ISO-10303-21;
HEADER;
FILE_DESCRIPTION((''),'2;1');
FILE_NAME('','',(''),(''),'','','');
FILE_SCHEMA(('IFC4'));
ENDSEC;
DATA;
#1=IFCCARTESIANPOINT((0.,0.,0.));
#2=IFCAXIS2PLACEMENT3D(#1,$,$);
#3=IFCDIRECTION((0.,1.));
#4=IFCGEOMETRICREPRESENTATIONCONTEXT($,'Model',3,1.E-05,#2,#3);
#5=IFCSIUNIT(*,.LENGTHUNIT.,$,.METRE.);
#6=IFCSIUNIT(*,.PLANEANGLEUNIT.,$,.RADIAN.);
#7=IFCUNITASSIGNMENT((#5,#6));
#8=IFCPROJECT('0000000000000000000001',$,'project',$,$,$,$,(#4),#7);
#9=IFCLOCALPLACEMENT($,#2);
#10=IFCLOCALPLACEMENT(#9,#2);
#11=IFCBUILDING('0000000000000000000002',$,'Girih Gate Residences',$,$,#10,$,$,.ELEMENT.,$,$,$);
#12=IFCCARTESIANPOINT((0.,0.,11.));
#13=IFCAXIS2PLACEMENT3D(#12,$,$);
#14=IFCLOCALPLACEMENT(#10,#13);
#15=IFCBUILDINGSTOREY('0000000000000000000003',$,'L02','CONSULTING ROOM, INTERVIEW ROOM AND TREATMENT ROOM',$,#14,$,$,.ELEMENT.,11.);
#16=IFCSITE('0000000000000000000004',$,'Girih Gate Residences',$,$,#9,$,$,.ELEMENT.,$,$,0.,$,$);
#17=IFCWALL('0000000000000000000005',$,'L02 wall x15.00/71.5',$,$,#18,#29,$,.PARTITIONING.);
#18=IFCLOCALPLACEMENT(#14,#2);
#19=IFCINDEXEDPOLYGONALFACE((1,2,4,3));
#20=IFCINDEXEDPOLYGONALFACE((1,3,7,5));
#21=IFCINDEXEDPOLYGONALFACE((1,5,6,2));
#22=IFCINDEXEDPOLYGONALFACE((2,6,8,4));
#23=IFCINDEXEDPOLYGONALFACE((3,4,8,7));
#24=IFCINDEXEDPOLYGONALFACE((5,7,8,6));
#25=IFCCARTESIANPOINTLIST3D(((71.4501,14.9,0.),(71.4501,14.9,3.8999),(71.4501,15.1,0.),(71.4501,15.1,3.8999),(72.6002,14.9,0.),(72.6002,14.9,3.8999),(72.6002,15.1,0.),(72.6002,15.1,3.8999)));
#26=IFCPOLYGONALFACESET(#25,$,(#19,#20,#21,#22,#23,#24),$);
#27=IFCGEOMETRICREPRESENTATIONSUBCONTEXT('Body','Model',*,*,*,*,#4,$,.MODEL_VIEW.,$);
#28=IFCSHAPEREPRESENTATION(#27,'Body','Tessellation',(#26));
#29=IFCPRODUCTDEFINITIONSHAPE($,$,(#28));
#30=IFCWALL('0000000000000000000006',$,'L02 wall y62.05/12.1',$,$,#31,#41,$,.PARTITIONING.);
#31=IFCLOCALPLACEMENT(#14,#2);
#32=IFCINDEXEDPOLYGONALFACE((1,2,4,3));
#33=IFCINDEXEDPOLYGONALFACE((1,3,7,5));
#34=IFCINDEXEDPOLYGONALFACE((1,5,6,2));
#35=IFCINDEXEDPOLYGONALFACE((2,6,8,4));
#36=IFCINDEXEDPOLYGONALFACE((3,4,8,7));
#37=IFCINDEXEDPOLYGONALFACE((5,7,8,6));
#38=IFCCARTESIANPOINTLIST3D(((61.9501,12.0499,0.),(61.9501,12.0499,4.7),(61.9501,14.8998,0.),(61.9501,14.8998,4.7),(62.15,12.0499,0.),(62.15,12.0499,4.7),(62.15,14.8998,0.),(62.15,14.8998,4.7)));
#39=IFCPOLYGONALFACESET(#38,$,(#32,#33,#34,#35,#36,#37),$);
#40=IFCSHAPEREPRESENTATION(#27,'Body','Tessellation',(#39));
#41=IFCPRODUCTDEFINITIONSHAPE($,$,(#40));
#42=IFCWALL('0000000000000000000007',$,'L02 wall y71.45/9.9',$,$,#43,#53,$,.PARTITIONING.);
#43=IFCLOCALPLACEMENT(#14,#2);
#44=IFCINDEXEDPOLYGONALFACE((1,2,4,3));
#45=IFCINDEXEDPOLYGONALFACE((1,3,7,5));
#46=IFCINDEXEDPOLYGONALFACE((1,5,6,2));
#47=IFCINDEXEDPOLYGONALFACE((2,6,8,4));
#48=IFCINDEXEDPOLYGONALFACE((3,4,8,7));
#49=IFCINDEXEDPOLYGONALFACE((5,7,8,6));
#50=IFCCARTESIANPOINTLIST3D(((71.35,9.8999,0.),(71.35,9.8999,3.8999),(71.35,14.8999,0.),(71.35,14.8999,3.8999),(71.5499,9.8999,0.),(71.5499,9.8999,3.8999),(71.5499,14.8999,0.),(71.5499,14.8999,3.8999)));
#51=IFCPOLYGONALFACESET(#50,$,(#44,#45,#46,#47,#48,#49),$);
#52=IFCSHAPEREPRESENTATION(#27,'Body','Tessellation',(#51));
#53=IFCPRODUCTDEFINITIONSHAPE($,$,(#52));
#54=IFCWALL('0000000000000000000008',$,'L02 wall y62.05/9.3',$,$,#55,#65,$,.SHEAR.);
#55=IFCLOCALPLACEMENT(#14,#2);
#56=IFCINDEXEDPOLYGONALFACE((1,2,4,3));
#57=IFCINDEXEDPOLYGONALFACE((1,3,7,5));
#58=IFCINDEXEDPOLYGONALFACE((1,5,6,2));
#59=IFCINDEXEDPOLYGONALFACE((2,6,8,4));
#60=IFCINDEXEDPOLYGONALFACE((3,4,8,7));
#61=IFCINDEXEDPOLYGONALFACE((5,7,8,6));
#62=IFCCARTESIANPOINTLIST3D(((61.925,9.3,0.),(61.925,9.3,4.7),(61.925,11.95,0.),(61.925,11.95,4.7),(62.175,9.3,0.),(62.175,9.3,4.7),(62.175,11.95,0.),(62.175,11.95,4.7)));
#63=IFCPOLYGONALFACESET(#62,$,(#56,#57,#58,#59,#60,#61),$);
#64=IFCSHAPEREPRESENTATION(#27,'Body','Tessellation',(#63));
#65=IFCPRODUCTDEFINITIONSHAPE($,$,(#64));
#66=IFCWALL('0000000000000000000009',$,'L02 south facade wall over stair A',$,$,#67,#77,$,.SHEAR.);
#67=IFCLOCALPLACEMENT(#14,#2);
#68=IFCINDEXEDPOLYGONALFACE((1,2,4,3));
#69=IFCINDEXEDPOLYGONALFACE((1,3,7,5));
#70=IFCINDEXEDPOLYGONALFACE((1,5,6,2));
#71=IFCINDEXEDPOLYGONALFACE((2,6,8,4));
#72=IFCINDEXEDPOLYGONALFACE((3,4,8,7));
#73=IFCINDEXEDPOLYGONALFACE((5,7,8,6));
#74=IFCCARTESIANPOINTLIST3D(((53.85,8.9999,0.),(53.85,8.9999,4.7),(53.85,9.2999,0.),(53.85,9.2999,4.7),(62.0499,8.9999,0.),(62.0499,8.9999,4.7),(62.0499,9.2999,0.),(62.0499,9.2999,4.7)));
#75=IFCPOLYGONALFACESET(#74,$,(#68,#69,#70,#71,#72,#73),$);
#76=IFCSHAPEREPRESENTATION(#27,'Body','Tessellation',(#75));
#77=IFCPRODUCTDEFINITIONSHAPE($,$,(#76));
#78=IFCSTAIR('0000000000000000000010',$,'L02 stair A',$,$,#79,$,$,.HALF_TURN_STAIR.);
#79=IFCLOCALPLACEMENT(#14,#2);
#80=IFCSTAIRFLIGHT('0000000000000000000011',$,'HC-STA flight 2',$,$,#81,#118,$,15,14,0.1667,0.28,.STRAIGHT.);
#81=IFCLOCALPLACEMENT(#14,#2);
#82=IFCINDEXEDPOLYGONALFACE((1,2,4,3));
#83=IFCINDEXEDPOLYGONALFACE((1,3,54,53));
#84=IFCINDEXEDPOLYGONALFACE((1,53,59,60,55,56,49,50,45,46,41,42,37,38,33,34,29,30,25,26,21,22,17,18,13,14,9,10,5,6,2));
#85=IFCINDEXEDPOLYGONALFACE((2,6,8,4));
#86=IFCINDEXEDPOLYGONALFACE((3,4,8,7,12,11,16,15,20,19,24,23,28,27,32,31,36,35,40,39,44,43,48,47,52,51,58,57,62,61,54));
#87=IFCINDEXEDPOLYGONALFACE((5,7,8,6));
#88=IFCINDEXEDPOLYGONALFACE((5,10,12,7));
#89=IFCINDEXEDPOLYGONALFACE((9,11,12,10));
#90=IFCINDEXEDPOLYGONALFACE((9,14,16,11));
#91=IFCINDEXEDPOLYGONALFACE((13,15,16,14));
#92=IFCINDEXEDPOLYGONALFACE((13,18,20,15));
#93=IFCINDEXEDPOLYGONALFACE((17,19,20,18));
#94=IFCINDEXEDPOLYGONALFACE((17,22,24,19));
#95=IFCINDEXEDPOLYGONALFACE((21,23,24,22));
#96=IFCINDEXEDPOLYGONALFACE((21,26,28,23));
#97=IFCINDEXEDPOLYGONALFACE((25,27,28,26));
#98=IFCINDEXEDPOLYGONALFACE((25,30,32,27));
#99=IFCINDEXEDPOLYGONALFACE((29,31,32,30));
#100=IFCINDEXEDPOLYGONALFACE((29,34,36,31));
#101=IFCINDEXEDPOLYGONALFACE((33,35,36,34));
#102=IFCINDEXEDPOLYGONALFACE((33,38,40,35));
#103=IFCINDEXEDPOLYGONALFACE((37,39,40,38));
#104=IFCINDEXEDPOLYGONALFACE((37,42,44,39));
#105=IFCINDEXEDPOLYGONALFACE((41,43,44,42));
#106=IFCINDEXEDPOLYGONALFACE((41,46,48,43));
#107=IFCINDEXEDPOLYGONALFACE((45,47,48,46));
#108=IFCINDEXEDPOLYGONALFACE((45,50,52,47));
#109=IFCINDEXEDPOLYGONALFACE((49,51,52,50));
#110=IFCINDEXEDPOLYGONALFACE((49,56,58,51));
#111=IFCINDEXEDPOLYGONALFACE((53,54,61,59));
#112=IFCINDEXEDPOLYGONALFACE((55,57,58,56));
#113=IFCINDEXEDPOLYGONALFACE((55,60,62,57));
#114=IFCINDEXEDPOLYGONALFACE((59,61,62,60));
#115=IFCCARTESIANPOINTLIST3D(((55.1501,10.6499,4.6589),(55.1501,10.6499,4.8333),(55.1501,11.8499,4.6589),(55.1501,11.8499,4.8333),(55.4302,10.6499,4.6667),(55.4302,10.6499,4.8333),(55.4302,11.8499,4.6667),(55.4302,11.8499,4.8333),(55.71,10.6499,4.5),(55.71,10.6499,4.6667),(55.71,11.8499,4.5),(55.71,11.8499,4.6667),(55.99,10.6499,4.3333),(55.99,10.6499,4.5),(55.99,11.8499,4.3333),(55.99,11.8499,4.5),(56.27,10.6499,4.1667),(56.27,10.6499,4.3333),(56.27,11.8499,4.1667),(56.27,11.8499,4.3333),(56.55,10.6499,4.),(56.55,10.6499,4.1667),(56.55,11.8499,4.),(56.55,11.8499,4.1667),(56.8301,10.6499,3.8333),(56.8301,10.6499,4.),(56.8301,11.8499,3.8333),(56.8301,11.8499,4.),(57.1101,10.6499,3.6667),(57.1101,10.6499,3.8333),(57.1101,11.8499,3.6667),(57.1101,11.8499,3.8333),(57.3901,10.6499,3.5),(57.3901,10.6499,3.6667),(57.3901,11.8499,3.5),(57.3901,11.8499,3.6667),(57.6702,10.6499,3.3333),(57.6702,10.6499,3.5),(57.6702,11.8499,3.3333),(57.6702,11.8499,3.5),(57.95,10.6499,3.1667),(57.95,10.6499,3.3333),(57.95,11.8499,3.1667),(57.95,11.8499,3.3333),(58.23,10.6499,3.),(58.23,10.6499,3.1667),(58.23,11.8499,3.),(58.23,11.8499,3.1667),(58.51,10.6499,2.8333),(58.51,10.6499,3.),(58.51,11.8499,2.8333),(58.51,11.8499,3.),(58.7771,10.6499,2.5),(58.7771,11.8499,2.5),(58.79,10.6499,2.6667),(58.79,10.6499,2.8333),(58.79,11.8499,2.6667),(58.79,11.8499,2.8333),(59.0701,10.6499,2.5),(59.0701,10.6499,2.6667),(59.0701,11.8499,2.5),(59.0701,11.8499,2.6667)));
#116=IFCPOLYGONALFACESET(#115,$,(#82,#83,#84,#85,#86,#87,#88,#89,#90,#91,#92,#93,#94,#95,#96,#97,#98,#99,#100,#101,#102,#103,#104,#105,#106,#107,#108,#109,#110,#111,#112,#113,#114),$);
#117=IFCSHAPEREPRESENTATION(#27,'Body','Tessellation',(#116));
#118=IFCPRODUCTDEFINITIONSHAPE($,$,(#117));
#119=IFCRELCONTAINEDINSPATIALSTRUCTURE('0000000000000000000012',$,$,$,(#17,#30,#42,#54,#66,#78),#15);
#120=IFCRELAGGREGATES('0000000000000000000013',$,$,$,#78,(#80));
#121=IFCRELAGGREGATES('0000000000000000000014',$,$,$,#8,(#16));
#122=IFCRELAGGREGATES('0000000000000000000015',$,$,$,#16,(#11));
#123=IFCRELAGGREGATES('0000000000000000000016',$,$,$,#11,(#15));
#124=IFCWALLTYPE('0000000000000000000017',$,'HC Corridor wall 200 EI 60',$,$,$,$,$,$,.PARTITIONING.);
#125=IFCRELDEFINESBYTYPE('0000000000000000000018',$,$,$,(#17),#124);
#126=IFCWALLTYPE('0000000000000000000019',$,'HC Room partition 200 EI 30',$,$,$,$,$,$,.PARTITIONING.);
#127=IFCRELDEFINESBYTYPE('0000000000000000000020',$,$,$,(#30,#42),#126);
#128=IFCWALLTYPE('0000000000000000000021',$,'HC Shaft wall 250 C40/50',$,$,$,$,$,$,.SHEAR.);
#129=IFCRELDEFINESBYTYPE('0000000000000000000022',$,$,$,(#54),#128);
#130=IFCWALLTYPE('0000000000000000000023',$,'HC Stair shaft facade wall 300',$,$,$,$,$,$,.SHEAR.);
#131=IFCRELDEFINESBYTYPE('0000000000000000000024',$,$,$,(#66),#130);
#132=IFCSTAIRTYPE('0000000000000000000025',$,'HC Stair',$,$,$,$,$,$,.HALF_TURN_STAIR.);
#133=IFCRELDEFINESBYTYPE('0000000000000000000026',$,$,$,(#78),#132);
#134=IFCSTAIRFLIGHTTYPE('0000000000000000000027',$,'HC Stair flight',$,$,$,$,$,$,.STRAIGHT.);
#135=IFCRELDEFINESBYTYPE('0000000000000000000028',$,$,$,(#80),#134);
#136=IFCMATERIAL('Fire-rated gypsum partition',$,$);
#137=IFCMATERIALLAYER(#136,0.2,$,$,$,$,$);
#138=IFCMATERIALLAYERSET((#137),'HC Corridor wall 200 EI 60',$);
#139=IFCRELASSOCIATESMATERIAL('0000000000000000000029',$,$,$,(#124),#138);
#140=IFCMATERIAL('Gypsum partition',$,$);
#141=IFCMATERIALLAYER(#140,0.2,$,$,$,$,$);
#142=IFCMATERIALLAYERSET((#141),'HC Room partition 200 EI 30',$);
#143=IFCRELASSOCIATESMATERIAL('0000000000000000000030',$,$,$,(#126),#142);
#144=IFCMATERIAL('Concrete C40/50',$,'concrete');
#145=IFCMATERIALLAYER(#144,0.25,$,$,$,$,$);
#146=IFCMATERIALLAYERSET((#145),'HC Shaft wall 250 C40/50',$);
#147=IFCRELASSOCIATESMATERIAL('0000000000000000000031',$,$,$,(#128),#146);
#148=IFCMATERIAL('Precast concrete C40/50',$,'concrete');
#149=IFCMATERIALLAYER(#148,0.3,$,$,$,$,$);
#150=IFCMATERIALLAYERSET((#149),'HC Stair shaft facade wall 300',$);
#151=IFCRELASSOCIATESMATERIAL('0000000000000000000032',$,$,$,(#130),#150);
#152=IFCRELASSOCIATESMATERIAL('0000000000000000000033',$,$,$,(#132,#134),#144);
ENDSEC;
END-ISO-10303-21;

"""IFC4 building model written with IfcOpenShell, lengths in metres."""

from ifc_helpers import new_model, si_unit, direction, frame, frame_2d, origin, place, context, subcontext, project, spatial, polyline, rectangle, outline, extrude, material, layer, layer_set, type_object, element, aggregate, save


model = new_model("IFC4")

# Units and contexts
model_context = context("Model", 3, precision=1e-05, world=origin(), true_north=direction((0.0, 1.0)))
body_context = subcontext(model_context, "Body", "Model", "MODEL_VIEW")
ifc_project = project(units=[si_unit("LENGTHUNIT", "METRE"), si_unit("PLANEANGLEUNIT", "RADIAN")], contexts=[model_context])

# Site, building, storey
site_placement = place(None, origin())
site = spatial("IfcSite", under=ifc_project, at=site_placement, Name="Girih Gate Residences", CompositionType="ELEMENT", RefElevation=0.0)
building_placement = place(site_placement, origin())
building = spatial("IfcBuilding", under=site, at=building_placement, Name="Girih Gate Residences", CompositionType="ELEMENT")
storey_placement = place(building_placement, frame((0.0, 0.0, 11.0)))
storey = spatial("IfcBuildingStorey", under=building, at=storey_placement, Name="L02", Description="CONSULTING ROOM, INTERVIEW ROOM AND TREATMENT ROOM", CompositionType="ELEMENT", Elevation=11.0)

# Shared definitions
ifc_material_1 = material(Name="Concrete C40/50", Category="concrete")

# Shared definitions
ifc_material_2 = material(Name="Fire-rated gypsum partition")
ifc_layer_1 = layer(ifc_material_2, 0.2)
ifc_layer_set_1 = layer_set([ifc_layer_1], Name="HC Corridor wall 200 EI 60")
wall_type_1 = type_object("IfcWallType", Name="HC Corridor wall 200 EI 60", PredefinedType="PARTITIONING", material=ifc_layer_set_1)

# Walls
wall_1_placement = place(storey_placement, frame((71.45, 15.0, 0.0), z_axis=(0.0, 0.0, 1.0), x_axis=(1.0, 0.0, 0.0)))
element("IfcWall", 1, at=wall_1_placement, inside=storey, type_object=wall_type_1, Name="L02 wall x15.00/71.5", PredefinedType="PARTITIONING", context=body_context, shape_type="SweptSolid", body=[
    extrude(rectangle(XDim=1.1501, YDim=0.2, at=frame_2d((0.5752, 0.0))), origin(), (0.0, 0.0, 1.0), 3.8999),
])
ifc_material_3 = material(Name="Gypsum partition")
ifc_layer_2 = layer(ifc_material_3, 0.2)
ifc_layer_set_2 = layer_set([ifc_layer_2], Name="HC Room partition 200 EI 30")
wall_type_2 = type_object("IfcWallType", Name="HC Room partition 200 EI 30", PredefinedType="PARTITIONING", material=ifc_layer_set_2)
wall_2_placement = place(storey_placement, frame((62.05, 12.05, 0.0), z_axis=(0.0, 0.0, 1.0), x_axis=(0.0, 1.0, 0.0)))
element("IfcWall", 2, at=wall_2_placement, inside=storey, type_object=wall_type_2, Name="L02 wall y62.05/12.1", PredefinedType="PARTITIONING", context=body_context, shape_type="SweptSolid", body=[
    extrude(rectangle(XDim=2.8499, YDim=0.2, at=frame_2d((1.4248, 0.0))), origin(), (0.0, 0.0, 1.0), 4.7),
])
wall_3_placement = place(storey_placement, frame((71.45, 9.8999, 0.0), z_axis=(0.0, 0.0, 1.0), x_axis=(0.0, 1.0, 0.0)))
element("IfcWall", 3, at=wall_3_placement, inside=storey, type_object=wall_type_2, Name="L02 wall y71.45/9.9", PredefinedType="PARTITIONING", context=body_context, shape_type="SweptSolid", body=[
    extrude(rectangle(XDim=5.0, YDim=0.2, at=frame_2d((2.5, 0.0))), origin(), (0.0, 0.0, 1.0), 3.8999),
])
ifc_layer_3 = layer(ifc_material_1, 0.25)
ifc_layer_set_3 = layer_set([ifc_layer_3], Name="HC Shaft wall 250 C40/50")
wall_type_3 = type_object("IfcWallType", Name="HC Shaft wall 250 C40/50", PredefinedType="SHEAR", material=ifc_layer_set_3)
wall_4_placement = place(storey_placement, frame((62.05, 9.3, 0.0), z_axis=(0.0, 0.0, 1.0), x_axis=(0.0, 1.0, 0.0)))
element("IfcWall", 4, at=wall_4_placement, inside=storey, type_object=wall_type_3, Name="L02 wall y62.05/9.3", PredefinedType="SHEAR", context=body_context, shape_type="SweptSolid", body=[
    extrude(rectangle(XDim=2.6499, YDim=0.25, at=frame_2d((1.325, 0.0))), origin(), (0.0, 0.0, 1.0), 4.7),
])
ifc_material_4 = material(Name="Precast concrete C40/50", Category="concrete")
ifc_layer_4 = layer(ifc_material_4, 0.3)
ifc_layer_set_4 = layer_set([ifc_layer_4], Name="HC Stair shaft facade wall 300")
wall_type_4 = type_object("IfcWallType", Name="HC Stair shaft facade wall 300", PredefinedType="SHEAR", material=ifc_layer_set_4)
wall_5_placement = place(storey_placement, frame((62.05, 9.1499, 0.0), z_axis=(0.0, 0.0, 1.0), x_axis=(-1.0, 0.0, 0.0)))
element("IfcWall", 5, at=wall_5_placement, inside=storey, type_object=wall_type_4, Name="L02 south facade wall over stair A", PredefinedType="SHEAR", context=body_context, shape_type="SweptSolid", body=[
    extrude(rectangle(XDim=8.2, YDim=0.3, at=frame_2d((4.1001, 0.0))), origin(), (0.0, 0.0, 1.0), 4.7),
])

# Stair, stair flight
stair_type = type_object("IfcStairType", Name="HC Stair", PredefinedType="HALF_TURN_STAIR", material=ifc_material_1)
stair_placement = place(storey_placement, origin())
stair = element("IfcStair", 6, at=stair_placement, inside=storey, type_object=stair_type, Name="L02 stair A", PredefinedType="HALF_TURN_STAIR")
stair_flight_type = type_object("IfcStairFlightType", Name="HC Stair flight", PredefinedType="STRAIGHT", material=ifc_material_1)
stair_flight_placement = place(storey_placement, frame((59.0701, 11.25, 2.5), z_axis=(0.0, 0.0, 1.0), x_axis=(-1.0, 0.0, 0.0)))
stair_flight = element("IfcStairFlight", 7, at=stair_flight_placement, type_object=stair_flight_type, Name="HC-STA flight 2", NumberOfRisers=15, NumberOfTreads=14, PredefinedType="STRAIGHT", RiserHeight=0.1667, TreadLength=0.28, context=body_context, shape_type="SweptSolid", body=[
    extrude(outline(polyline([(0.0, 0.0), (0.0, 0.1667), (0.28, 0.1667), (0.28, 0.3333), (0.5601, 0.3333), (0.5601, 0.5), (0.8401, 0.5), (0.8401, 0.6667), (1.1201, 0.6667), (1.1201, 0.8333), (1.3999, 0.8333), (1.3999, 1.0), (1.6799, 1.0), (1.6799, 1.1667), (1.96, 1.1667), (1.96, 1.3333), (2.24, 1.3333), (2.24, 1.5), (2.52, 1.5), (2.52, 1.6667), (2.8, 1.6667), (2.8, 1.8333), (3.0801, 1.8333), (3.0801, 2.0), (3.3601, 2.0), (3.3601, 2.1667), (3.6399, 2.1667), (3.6399, 2.3333), (3.9199, 2.3333), (3.9199, 2.5), (3.9199, 2.1589), (0.293, 0.0), (0.0, 0.0)])), frame((0.0, 0.6001, 0.0), z_axis=(0.0, -1.0, 0.0), x_axis=(1.0, 0.0, 0.0)), (0.0, 0.0, 1.0), 1.2),
])
aggregate(stair, [stair_flight])

save(model, "model.ifc")
